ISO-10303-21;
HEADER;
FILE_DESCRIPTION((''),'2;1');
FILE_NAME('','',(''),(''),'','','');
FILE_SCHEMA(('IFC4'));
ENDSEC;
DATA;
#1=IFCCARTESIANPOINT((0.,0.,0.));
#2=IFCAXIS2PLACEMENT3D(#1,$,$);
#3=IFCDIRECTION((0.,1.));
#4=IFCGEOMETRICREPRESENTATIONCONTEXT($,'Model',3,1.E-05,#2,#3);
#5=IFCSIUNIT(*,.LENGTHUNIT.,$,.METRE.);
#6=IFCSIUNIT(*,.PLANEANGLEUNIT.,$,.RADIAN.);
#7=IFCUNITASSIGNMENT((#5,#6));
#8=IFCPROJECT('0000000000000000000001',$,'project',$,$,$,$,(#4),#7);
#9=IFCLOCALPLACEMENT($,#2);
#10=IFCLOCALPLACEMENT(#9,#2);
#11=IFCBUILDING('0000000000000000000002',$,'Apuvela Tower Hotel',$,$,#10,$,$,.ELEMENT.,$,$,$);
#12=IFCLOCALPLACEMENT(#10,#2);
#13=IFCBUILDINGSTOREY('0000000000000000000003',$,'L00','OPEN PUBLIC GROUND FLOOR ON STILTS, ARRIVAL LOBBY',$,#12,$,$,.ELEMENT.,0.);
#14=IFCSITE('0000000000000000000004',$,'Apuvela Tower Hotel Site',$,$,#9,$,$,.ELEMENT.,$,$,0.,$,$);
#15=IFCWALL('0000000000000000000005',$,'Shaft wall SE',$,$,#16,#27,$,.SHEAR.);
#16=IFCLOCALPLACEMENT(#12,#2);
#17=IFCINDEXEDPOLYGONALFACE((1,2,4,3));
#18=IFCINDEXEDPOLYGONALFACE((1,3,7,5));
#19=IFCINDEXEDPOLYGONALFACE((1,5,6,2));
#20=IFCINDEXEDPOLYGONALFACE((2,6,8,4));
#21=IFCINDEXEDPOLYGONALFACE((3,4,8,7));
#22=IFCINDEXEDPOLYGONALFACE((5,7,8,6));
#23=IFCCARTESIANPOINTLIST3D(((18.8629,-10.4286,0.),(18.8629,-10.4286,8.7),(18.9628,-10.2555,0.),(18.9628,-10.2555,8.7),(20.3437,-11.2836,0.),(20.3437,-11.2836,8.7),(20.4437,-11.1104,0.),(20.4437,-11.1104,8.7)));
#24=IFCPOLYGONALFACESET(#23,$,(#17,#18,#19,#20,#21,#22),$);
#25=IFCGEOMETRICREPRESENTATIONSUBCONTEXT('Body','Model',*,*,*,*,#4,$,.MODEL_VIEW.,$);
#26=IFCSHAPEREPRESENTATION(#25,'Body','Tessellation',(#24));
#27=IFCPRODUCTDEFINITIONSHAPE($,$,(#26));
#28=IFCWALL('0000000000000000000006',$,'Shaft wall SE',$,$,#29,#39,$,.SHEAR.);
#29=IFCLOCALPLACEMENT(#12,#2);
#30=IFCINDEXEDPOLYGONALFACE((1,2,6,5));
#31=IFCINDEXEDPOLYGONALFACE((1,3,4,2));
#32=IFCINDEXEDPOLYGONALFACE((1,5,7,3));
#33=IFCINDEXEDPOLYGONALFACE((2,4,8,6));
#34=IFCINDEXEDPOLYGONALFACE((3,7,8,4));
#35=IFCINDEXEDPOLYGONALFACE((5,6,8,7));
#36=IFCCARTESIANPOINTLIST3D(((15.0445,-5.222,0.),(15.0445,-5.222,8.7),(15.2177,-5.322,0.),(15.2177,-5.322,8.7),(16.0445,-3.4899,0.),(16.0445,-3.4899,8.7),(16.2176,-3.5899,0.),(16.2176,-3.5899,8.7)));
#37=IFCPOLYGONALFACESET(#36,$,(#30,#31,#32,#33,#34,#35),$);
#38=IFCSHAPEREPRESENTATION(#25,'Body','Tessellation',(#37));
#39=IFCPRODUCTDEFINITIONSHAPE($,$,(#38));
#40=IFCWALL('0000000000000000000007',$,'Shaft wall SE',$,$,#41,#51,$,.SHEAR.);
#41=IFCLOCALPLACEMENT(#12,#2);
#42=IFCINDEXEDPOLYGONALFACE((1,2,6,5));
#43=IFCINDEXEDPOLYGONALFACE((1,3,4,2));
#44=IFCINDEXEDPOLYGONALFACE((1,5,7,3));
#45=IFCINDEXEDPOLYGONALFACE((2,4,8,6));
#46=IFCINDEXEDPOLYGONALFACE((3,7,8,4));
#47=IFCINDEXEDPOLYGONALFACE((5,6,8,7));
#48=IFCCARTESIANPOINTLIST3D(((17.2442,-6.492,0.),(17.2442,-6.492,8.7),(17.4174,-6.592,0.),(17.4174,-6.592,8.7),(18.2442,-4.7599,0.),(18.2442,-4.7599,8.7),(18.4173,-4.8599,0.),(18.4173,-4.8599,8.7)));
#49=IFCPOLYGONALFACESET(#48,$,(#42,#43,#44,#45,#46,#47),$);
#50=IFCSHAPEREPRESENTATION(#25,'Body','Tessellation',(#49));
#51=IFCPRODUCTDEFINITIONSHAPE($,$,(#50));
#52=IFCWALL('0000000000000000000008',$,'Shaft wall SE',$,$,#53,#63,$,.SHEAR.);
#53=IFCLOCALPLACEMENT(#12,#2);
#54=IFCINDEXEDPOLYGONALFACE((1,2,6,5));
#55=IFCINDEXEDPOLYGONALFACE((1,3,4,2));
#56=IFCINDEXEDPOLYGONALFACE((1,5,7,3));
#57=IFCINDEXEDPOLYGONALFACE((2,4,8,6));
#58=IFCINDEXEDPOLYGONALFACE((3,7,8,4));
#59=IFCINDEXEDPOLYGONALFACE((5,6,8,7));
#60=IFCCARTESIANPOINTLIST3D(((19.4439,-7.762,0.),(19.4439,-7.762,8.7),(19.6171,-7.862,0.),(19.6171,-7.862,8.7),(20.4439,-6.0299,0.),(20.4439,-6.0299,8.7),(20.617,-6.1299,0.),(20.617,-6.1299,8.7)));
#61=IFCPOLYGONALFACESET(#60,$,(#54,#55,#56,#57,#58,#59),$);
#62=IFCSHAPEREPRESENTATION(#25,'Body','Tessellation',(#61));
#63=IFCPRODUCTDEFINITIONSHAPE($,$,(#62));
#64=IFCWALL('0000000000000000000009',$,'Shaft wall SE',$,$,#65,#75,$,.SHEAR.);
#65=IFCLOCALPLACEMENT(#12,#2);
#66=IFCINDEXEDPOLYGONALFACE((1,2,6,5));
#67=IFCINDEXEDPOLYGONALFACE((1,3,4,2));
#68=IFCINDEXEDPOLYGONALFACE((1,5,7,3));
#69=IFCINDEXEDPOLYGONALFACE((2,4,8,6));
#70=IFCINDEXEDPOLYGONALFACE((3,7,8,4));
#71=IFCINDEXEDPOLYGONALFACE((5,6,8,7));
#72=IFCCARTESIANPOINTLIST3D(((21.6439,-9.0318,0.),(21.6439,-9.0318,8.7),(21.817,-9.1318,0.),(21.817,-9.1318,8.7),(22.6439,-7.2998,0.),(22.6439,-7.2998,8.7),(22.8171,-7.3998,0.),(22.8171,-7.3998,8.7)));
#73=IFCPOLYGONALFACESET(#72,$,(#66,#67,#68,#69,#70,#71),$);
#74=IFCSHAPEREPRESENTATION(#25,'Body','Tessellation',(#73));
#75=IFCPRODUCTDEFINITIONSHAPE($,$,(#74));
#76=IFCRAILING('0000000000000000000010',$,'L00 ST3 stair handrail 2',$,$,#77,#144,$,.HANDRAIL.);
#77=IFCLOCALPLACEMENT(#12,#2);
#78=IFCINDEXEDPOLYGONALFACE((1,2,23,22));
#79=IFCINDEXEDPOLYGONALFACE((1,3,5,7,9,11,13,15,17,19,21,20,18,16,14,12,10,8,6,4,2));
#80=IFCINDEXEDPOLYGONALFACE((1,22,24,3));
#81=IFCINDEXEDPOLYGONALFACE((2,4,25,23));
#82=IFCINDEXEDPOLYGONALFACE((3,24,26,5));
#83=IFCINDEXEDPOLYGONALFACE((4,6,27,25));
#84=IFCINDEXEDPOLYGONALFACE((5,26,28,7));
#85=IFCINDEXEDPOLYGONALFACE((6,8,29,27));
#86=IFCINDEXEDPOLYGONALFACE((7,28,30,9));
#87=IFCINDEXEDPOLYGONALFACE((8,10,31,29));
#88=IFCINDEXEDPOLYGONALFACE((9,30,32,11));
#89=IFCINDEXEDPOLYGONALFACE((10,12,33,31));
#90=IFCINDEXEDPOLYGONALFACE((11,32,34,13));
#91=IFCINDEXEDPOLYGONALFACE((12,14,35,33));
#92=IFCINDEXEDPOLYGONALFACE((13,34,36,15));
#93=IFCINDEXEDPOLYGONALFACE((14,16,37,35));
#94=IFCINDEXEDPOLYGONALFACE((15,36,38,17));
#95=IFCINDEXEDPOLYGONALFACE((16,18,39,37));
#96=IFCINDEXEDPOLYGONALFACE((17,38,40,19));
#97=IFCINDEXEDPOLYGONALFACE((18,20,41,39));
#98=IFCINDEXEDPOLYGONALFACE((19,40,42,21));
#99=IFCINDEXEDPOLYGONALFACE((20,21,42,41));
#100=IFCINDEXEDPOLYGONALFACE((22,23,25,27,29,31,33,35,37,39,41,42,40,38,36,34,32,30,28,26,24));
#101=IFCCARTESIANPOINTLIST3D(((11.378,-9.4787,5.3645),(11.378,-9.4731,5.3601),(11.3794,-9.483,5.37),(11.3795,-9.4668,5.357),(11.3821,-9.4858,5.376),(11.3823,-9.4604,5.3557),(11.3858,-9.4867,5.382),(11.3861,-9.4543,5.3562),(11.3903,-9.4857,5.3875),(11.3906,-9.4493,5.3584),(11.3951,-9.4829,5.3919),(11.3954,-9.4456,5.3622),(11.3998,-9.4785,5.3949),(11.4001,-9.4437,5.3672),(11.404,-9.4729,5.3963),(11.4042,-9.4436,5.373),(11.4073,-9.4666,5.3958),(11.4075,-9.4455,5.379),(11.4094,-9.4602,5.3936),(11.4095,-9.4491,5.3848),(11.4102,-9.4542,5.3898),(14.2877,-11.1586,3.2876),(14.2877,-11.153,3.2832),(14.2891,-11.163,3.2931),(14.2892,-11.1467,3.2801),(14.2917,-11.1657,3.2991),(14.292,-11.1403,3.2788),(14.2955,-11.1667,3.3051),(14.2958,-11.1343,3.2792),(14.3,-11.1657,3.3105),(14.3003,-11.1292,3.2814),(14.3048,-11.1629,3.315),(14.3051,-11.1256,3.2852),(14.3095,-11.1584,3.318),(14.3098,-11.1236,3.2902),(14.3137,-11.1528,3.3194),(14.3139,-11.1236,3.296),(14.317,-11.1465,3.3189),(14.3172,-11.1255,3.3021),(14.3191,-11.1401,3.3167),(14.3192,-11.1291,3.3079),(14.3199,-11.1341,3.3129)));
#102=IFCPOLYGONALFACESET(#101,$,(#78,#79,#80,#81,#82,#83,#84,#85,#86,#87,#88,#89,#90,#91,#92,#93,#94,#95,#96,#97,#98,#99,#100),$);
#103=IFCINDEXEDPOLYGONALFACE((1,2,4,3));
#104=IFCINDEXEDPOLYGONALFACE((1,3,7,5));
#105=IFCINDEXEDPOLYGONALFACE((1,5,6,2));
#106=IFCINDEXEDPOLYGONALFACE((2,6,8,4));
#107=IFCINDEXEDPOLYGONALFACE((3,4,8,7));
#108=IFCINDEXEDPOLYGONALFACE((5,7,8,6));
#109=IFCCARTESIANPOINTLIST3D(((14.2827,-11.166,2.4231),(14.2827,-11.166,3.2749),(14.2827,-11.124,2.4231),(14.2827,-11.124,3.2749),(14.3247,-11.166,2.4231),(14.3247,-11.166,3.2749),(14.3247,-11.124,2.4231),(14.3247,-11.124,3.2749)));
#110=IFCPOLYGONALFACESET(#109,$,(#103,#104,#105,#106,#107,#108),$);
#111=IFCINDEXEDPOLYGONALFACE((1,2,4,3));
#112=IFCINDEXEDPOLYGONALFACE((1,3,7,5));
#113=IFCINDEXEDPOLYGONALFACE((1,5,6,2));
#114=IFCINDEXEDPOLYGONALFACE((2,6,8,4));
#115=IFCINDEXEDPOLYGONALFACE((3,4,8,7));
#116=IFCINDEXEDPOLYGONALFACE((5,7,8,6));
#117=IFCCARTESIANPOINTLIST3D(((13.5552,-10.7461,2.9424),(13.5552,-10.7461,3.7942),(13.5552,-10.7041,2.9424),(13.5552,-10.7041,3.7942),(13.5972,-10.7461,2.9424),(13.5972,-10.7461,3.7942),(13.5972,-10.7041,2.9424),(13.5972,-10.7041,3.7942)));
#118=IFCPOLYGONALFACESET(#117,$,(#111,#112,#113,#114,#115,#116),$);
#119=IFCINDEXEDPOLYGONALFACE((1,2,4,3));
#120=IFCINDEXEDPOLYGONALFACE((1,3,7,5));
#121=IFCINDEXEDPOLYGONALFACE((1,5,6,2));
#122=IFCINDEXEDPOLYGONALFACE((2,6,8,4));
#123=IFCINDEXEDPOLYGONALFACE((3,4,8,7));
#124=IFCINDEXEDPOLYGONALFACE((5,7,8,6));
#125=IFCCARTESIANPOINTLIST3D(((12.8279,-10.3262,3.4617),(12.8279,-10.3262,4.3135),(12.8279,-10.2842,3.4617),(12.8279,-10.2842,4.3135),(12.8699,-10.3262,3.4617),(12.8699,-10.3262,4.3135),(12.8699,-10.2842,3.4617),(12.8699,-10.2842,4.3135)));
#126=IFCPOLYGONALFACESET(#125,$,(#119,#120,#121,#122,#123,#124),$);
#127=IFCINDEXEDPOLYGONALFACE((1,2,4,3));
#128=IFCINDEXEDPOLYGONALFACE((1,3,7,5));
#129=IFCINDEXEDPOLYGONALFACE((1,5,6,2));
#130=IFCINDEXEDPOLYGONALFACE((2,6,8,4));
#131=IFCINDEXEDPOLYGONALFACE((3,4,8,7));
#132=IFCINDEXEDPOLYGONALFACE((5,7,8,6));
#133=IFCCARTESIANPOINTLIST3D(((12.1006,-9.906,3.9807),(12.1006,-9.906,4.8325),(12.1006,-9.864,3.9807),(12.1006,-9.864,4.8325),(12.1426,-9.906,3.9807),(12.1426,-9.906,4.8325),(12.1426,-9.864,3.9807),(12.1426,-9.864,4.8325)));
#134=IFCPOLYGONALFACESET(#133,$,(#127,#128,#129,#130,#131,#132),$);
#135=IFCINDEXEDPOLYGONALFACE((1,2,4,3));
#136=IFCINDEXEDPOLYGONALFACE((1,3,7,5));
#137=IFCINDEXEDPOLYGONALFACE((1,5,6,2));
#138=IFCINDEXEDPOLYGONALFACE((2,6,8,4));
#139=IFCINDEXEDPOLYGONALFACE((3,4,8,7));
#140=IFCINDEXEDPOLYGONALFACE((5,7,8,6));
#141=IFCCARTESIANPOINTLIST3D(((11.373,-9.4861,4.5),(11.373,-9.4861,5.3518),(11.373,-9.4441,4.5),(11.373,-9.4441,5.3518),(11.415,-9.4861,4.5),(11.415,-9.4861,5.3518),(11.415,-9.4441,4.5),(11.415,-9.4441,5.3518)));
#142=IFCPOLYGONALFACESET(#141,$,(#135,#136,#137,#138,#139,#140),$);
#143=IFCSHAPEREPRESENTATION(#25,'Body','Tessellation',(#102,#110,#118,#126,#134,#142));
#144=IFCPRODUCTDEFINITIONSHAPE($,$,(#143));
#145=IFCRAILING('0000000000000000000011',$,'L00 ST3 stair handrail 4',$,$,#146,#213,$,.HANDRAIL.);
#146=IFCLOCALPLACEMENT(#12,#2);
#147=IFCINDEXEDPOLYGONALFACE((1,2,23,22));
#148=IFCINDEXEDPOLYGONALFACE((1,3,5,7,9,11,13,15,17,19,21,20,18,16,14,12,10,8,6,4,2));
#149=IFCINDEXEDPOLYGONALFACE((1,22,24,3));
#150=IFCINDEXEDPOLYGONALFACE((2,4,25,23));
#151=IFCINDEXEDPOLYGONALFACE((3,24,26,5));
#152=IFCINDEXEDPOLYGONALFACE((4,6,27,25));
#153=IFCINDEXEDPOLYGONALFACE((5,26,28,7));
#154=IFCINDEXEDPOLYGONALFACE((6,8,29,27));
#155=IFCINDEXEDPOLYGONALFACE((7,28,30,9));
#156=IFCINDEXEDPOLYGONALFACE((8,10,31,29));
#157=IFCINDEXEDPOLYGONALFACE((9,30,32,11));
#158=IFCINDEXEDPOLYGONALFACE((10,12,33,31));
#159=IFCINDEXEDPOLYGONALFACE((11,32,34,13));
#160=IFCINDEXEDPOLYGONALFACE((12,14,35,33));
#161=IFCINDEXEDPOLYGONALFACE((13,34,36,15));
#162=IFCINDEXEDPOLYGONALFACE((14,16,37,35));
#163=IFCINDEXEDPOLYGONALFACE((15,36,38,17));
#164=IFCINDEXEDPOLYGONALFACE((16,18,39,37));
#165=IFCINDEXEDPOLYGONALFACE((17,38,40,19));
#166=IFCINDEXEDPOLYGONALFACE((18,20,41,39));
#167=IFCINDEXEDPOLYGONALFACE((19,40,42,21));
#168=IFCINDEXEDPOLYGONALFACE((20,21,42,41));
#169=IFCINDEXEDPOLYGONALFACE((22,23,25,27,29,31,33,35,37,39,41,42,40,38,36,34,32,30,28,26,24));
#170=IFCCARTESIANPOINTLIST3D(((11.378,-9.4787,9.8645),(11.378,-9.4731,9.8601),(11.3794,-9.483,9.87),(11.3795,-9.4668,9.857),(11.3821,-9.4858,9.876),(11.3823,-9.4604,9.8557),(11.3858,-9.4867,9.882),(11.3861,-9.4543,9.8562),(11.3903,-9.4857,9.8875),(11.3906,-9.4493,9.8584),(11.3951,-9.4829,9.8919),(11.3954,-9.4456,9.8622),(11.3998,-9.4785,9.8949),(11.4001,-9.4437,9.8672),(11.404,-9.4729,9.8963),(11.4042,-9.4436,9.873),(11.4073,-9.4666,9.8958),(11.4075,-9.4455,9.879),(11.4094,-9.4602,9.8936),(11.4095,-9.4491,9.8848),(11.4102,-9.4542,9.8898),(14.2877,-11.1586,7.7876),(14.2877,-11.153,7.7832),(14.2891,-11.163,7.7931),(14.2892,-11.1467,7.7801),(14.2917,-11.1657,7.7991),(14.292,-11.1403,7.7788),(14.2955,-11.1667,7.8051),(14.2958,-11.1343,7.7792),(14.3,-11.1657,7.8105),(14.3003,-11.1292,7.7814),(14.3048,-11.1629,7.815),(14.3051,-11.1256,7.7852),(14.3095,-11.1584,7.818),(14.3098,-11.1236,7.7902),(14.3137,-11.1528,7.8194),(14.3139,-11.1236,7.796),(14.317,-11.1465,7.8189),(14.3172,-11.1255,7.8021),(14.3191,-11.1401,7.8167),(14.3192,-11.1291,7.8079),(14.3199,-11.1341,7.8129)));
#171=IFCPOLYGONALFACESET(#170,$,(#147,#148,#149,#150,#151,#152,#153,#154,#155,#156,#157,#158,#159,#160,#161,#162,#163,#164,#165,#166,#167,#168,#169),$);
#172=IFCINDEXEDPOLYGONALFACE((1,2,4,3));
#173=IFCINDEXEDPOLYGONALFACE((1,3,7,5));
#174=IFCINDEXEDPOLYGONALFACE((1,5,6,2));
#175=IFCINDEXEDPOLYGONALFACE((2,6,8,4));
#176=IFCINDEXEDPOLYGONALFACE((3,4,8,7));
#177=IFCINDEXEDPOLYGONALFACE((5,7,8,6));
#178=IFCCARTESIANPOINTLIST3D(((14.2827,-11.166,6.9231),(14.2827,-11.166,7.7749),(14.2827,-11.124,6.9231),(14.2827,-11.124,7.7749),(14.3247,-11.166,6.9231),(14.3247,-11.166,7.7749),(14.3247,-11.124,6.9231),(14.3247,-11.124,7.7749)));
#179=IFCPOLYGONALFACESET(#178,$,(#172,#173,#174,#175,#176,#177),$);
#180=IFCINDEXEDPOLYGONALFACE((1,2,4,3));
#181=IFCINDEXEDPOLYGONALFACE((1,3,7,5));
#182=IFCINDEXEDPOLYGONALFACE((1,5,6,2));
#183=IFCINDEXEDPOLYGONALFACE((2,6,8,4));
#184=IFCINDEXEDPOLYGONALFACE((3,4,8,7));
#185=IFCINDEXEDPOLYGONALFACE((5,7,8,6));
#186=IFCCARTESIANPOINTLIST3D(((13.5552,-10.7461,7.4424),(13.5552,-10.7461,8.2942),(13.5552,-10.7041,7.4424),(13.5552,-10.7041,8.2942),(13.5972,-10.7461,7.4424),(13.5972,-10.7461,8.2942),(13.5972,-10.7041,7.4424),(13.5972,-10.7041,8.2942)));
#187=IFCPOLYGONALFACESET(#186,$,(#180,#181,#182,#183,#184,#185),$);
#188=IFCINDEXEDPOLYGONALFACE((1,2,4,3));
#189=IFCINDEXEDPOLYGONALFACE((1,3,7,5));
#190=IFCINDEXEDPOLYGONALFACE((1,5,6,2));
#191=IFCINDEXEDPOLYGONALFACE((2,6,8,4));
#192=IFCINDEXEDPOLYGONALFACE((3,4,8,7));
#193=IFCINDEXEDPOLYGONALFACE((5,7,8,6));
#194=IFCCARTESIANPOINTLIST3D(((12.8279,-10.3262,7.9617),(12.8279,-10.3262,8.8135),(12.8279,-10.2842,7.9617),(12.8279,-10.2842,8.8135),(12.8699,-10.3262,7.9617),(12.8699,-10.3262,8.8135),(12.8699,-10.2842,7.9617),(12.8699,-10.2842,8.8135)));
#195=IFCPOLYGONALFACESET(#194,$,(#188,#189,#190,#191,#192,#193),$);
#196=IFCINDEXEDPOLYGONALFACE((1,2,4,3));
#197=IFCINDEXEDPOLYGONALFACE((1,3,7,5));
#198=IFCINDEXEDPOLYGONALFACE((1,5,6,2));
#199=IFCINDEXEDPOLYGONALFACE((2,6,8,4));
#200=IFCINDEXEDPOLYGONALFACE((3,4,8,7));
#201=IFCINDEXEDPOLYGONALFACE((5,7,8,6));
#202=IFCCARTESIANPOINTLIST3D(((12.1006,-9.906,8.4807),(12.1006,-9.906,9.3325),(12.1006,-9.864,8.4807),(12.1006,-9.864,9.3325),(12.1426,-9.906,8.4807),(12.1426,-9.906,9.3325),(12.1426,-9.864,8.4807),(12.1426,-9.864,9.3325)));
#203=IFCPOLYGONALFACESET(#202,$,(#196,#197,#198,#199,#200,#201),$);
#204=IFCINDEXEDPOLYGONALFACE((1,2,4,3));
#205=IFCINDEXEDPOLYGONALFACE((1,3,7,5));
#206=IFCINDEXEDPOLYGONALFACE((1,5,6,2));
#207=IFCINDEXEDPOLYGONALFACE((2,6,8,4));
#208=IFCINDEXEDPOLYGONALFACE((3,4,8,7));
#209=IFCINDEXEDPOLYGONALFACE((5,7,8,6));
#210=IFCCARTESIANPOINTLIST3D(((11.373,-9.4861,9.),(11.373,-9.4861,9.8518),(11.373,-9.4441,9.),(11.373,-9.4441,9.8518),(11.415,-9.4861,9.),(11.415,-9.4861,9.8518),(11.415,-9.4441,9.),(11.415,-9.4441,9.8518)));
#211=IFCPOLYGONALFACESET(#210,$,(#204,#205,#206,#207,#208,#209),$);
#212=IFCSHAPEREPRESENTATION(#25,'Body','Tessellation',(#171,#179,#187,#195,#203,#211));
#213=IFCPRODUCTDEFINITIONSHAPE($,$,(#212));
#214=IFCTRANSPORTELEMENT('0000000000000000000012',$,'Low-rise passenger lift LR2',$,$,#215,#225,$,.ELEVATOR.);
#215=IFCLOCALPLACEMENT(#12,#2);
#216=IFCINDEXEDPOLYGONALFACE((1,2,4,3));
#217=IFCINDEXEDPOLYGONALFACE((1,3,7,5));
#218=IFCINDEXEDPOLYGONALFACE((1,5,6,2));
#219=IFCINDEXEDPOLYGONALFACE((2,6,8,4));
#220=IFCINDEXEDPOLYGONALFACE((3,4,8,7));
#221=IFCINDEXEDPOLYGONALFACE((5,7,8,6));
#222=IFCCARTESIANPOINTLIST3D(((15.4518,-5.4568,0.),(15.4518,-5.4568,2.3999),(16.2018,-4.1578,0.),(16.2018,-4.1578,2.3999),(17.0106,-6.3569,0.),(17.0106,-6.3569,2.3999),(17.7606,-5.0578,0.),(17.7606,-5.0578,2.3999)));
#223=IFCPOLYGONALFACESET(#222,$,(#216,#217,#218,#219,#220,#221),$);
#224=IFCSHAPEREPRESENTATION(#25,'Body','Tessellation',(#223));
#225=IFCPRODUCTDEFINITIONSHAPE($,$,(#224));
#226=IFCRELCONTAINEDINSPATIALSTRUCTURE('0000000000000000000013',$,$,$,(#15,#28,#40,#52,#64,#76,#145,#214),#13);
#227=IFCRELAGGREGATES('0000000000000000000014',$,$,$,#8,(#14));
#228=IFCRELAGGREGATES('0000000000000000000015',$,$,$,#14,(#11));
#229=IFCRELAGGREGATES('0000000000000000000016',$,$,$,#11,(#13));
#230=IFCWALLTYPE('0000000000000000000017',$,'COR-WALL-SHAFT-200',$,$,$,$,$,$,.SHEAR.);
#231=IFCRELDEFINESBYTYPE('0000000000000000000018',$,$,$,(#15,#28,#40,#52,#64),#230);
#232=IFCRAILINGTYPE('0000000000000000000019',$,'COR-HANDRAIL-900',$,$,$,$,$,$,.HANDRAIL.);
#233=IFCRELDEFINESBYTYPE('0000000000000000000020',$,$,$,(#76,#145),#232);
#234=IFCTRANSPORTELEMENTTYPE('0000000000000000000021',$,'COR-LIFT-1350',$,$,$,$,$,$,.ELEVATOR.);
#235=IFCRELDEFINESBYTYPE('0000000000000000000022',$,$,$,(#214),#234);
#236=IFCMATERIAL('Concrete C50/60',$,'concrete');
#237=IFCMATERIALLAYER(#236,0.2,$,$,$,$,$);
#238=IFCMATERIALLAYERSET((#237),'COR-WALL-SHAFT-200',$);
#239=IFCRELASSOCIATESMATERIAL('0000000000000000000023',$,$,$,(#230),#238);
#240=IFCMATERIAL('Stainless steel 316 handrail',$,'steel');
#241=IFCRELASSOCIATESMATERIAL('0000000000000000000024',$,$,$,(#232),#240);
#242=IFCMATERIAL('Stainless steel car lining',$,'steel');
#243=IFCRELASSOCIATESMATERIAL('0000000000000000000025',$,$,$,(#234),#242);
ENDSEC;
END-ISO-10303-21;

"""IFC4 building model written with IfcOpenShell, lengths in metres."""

from ifc_helpers import new_model, si_unit, direction, frame, frame_2d, origin, origin_2d, place, context, subcontext, project, spatial, rectangle, circle, extrude, material, layer, layer_set, type_object, element, save


model = new_model("IFC4")

# Units and contexts
model_context = context("Model", 3, precision=1e-05, world=origin(), true_north=direction((0.0, 1.0)))
body_context = subcontext(model_context, "Body", "Model", "MODEL_VIEW")
ifc_project = project(units=[si_unit("LENGTHUNIT", "METRE"), si_unit("PLANEANGLEUNIT", "RADIAN")], contexts=[model_context])

# Site, building, storey
site_placement = place(None, origin())
site = spatial("IfcSite", under=ifc_project, at=site_placement, Name="Apuvela Tower Hotel Site", CompositionType="ELEMENT", RefElevation=0.0)
building_placement = place(site_placement, origin())
building = spatial("IfcBuilding", under=site, at=building_placement, Name="Apuvela Tower Hotel", CompositionType="ELEMENT")
storey_placement = place(building_placement, origin())
storey = spatial("IfcBuildingStorey", under=building, at=storey_placement, Name="L00", Description="OPEN PUBLIC GROUND FLOOR ON STILTS, ARRIVAL LOBBY", CompositionType="ELEMENT", Elevation=0.0)

# Walls
ifc_material_1 = material(Name="Concrete C50/60", Category="concrete")
ifc_layer = layer(ifc_material_1, 0.2)
ifc_layer_set = layer_set([ifc_layer], Name="COR-WALL-SHAFT-200")
wall_type = type_object("IfcWallType", Name="COR-WALL-SHAFT-200", PredefinedType="SHEAR", material=ifc_layer_set)
wall_1_placement = place(storey_placement, frame((18.9128, -10.342, 0.0), z_axis=(0.0, 0.0, 1.0), x_axis=(0.866038, -0.499978, 0.0)))
element("IfcWall", 1, at=wall_1_placement, inside=storey, type_object=wall_type, Name="Shaft wall SE", PredefinedType="SHEAR", context=body_context, shape_type="SweptSolid", body=[
    extrude(rectangle(XDim=1.71, YDim=0.2, at=frame_2d((0.855, 0.0))), origin(), (0.0, 0.0, 1.0), 8.7),
])
for number, where, z_axis, x_axis, name in (
    (2, (15.1311, -5.272, 0.0), (0.0, 0.0, 1.0), (0.499973, 0.866041, 0.0), "Shaft wall SE"),
    (3, (17.3308, -6.542, 0.0), (0.0, 0.0, 1.0), (0.499973, 0.866041, 0.0), "Shaft wall SE"),
    (4, (19.5305, -7.812, 0.0), (0.0, 0.0, 1.0), (0.499973, 0.866041, 0.0), "Shaft wall SE"),
    (5, (21.7305, -9.0818, 0.0), (0.0, 0.0, 1.0), (0.500025, 0.866011, 0.0), "Shaft wall SE"),
):
    element("IfcWall", number, at=place(storey_placement, frame(where, z_axis=z_axis, x_axis=x_axis)), inside=storey, type_object=wall_type, Name=name, PredefinedType="SHEAR", context=body_context, shape_type="SweptSolid", body=[
        extrude(rectangle(XDim=2.0, YDim=0.2, at=frame_2d((1.0, 0.0))), origin(), (0.0, 0.0, 1.0), 8.7),
    ])

# Railings
ifc_material_2 = material(Name="Stainless steel 316 handrail", Category="steel")
railing_type = type_object("IfcRailingType", Name="COR-HANDRAIL-900", PredefinedType="HANDRAIL", material=ifc_material_2)
for number, where, name in (
    (6, (14.3037, -11.145, 2.4231), "L00 ST3 stair handrail 2"),
    (7, (14.3037, -11.145, 6.9231), "L00 ST3 stair handrail 4"),
):
    element("IfcRailing", number, at=place(storey_placement, frame(where)), inside=storey, type_object=railing_type, Name=name, PredefinedType="HANDRAIL", context=body_context, shape_type="SweptSolid", body=[
        extrude(circle(Radius=0.0239, at=origin_2d()), frame((0.0, 0.0, 0.876), z_axis=(-0.73664, 0.425308, 0.525809), x_axis=(-0.500008, -0.866021, 0.0)), (0.0, 0.0, 1.0), 3.95),
        extrude(rectangle(XDim=0.042, YDim=0.042, at=origin_2d()), origin(), (0.0, 0.0, 1.0), 0.8518),
        extrude(rectangle(XDim=0.042, YDim=0.042, at=origin_2d()), frame((-0.7275, 0.4199, 0.5193)), (0.0, 0.0, 1.0), 0.8518),
        extrude(rectangle(XDim=0.042, YDim=0.042, at=origin_2d()), frame((-1.4548, 0.8398, 1.0386)), (0.0, 0.0, 1.0), 0.8518),
        extrude(rectangle(XDim=0.042, YDim=0.042, at=origin_2d()), frame((-2.1821, 1.26, 1.5576)), (0.0, 0.0, 1.0), 0.8518),
        extrude(rectangle(XDim=0.042, YDim=0.042, at=origin_2d()), frame((-2.9097, 1.6799, 2.0769)), (0.0, 0.0, 1.0), 0.8518),
    ])

# Transport element
ifc_material_3 = material(Name="Stainless steel car lining", Category="steel")
transport_element_type_1 = type_object("IfcTransportElementType", Name="COR-LIFT-1350", PredefinedType="ELEVATOR", material=ifc_material_3)
for number, where, z_axis, x_axis, name in (
    (8, (16.6062, -5.2573, 0.0), (0.0, 0.0, 1.0), (0.866025, -0.5, 0.0), "Low-rise passenger lift LR2"),
):
    element("IfcTransportElement", number, at=place(storey_placement, frame(where, z_axis=z_axis, x_axis=x_axis)), inside=storey, type_object=transport_element_type_1, Name=name, PredefinedType="ELEVATOR", context=body_context, shape_type="SweptSolid", body=[
        extrude(rectangle(XDim=1.8, YDim=1.5, at=origin_2d()), origin(), (0.0, 0.0, 1.0), 2.3999),
    ])

save(model, "model.ifc")
